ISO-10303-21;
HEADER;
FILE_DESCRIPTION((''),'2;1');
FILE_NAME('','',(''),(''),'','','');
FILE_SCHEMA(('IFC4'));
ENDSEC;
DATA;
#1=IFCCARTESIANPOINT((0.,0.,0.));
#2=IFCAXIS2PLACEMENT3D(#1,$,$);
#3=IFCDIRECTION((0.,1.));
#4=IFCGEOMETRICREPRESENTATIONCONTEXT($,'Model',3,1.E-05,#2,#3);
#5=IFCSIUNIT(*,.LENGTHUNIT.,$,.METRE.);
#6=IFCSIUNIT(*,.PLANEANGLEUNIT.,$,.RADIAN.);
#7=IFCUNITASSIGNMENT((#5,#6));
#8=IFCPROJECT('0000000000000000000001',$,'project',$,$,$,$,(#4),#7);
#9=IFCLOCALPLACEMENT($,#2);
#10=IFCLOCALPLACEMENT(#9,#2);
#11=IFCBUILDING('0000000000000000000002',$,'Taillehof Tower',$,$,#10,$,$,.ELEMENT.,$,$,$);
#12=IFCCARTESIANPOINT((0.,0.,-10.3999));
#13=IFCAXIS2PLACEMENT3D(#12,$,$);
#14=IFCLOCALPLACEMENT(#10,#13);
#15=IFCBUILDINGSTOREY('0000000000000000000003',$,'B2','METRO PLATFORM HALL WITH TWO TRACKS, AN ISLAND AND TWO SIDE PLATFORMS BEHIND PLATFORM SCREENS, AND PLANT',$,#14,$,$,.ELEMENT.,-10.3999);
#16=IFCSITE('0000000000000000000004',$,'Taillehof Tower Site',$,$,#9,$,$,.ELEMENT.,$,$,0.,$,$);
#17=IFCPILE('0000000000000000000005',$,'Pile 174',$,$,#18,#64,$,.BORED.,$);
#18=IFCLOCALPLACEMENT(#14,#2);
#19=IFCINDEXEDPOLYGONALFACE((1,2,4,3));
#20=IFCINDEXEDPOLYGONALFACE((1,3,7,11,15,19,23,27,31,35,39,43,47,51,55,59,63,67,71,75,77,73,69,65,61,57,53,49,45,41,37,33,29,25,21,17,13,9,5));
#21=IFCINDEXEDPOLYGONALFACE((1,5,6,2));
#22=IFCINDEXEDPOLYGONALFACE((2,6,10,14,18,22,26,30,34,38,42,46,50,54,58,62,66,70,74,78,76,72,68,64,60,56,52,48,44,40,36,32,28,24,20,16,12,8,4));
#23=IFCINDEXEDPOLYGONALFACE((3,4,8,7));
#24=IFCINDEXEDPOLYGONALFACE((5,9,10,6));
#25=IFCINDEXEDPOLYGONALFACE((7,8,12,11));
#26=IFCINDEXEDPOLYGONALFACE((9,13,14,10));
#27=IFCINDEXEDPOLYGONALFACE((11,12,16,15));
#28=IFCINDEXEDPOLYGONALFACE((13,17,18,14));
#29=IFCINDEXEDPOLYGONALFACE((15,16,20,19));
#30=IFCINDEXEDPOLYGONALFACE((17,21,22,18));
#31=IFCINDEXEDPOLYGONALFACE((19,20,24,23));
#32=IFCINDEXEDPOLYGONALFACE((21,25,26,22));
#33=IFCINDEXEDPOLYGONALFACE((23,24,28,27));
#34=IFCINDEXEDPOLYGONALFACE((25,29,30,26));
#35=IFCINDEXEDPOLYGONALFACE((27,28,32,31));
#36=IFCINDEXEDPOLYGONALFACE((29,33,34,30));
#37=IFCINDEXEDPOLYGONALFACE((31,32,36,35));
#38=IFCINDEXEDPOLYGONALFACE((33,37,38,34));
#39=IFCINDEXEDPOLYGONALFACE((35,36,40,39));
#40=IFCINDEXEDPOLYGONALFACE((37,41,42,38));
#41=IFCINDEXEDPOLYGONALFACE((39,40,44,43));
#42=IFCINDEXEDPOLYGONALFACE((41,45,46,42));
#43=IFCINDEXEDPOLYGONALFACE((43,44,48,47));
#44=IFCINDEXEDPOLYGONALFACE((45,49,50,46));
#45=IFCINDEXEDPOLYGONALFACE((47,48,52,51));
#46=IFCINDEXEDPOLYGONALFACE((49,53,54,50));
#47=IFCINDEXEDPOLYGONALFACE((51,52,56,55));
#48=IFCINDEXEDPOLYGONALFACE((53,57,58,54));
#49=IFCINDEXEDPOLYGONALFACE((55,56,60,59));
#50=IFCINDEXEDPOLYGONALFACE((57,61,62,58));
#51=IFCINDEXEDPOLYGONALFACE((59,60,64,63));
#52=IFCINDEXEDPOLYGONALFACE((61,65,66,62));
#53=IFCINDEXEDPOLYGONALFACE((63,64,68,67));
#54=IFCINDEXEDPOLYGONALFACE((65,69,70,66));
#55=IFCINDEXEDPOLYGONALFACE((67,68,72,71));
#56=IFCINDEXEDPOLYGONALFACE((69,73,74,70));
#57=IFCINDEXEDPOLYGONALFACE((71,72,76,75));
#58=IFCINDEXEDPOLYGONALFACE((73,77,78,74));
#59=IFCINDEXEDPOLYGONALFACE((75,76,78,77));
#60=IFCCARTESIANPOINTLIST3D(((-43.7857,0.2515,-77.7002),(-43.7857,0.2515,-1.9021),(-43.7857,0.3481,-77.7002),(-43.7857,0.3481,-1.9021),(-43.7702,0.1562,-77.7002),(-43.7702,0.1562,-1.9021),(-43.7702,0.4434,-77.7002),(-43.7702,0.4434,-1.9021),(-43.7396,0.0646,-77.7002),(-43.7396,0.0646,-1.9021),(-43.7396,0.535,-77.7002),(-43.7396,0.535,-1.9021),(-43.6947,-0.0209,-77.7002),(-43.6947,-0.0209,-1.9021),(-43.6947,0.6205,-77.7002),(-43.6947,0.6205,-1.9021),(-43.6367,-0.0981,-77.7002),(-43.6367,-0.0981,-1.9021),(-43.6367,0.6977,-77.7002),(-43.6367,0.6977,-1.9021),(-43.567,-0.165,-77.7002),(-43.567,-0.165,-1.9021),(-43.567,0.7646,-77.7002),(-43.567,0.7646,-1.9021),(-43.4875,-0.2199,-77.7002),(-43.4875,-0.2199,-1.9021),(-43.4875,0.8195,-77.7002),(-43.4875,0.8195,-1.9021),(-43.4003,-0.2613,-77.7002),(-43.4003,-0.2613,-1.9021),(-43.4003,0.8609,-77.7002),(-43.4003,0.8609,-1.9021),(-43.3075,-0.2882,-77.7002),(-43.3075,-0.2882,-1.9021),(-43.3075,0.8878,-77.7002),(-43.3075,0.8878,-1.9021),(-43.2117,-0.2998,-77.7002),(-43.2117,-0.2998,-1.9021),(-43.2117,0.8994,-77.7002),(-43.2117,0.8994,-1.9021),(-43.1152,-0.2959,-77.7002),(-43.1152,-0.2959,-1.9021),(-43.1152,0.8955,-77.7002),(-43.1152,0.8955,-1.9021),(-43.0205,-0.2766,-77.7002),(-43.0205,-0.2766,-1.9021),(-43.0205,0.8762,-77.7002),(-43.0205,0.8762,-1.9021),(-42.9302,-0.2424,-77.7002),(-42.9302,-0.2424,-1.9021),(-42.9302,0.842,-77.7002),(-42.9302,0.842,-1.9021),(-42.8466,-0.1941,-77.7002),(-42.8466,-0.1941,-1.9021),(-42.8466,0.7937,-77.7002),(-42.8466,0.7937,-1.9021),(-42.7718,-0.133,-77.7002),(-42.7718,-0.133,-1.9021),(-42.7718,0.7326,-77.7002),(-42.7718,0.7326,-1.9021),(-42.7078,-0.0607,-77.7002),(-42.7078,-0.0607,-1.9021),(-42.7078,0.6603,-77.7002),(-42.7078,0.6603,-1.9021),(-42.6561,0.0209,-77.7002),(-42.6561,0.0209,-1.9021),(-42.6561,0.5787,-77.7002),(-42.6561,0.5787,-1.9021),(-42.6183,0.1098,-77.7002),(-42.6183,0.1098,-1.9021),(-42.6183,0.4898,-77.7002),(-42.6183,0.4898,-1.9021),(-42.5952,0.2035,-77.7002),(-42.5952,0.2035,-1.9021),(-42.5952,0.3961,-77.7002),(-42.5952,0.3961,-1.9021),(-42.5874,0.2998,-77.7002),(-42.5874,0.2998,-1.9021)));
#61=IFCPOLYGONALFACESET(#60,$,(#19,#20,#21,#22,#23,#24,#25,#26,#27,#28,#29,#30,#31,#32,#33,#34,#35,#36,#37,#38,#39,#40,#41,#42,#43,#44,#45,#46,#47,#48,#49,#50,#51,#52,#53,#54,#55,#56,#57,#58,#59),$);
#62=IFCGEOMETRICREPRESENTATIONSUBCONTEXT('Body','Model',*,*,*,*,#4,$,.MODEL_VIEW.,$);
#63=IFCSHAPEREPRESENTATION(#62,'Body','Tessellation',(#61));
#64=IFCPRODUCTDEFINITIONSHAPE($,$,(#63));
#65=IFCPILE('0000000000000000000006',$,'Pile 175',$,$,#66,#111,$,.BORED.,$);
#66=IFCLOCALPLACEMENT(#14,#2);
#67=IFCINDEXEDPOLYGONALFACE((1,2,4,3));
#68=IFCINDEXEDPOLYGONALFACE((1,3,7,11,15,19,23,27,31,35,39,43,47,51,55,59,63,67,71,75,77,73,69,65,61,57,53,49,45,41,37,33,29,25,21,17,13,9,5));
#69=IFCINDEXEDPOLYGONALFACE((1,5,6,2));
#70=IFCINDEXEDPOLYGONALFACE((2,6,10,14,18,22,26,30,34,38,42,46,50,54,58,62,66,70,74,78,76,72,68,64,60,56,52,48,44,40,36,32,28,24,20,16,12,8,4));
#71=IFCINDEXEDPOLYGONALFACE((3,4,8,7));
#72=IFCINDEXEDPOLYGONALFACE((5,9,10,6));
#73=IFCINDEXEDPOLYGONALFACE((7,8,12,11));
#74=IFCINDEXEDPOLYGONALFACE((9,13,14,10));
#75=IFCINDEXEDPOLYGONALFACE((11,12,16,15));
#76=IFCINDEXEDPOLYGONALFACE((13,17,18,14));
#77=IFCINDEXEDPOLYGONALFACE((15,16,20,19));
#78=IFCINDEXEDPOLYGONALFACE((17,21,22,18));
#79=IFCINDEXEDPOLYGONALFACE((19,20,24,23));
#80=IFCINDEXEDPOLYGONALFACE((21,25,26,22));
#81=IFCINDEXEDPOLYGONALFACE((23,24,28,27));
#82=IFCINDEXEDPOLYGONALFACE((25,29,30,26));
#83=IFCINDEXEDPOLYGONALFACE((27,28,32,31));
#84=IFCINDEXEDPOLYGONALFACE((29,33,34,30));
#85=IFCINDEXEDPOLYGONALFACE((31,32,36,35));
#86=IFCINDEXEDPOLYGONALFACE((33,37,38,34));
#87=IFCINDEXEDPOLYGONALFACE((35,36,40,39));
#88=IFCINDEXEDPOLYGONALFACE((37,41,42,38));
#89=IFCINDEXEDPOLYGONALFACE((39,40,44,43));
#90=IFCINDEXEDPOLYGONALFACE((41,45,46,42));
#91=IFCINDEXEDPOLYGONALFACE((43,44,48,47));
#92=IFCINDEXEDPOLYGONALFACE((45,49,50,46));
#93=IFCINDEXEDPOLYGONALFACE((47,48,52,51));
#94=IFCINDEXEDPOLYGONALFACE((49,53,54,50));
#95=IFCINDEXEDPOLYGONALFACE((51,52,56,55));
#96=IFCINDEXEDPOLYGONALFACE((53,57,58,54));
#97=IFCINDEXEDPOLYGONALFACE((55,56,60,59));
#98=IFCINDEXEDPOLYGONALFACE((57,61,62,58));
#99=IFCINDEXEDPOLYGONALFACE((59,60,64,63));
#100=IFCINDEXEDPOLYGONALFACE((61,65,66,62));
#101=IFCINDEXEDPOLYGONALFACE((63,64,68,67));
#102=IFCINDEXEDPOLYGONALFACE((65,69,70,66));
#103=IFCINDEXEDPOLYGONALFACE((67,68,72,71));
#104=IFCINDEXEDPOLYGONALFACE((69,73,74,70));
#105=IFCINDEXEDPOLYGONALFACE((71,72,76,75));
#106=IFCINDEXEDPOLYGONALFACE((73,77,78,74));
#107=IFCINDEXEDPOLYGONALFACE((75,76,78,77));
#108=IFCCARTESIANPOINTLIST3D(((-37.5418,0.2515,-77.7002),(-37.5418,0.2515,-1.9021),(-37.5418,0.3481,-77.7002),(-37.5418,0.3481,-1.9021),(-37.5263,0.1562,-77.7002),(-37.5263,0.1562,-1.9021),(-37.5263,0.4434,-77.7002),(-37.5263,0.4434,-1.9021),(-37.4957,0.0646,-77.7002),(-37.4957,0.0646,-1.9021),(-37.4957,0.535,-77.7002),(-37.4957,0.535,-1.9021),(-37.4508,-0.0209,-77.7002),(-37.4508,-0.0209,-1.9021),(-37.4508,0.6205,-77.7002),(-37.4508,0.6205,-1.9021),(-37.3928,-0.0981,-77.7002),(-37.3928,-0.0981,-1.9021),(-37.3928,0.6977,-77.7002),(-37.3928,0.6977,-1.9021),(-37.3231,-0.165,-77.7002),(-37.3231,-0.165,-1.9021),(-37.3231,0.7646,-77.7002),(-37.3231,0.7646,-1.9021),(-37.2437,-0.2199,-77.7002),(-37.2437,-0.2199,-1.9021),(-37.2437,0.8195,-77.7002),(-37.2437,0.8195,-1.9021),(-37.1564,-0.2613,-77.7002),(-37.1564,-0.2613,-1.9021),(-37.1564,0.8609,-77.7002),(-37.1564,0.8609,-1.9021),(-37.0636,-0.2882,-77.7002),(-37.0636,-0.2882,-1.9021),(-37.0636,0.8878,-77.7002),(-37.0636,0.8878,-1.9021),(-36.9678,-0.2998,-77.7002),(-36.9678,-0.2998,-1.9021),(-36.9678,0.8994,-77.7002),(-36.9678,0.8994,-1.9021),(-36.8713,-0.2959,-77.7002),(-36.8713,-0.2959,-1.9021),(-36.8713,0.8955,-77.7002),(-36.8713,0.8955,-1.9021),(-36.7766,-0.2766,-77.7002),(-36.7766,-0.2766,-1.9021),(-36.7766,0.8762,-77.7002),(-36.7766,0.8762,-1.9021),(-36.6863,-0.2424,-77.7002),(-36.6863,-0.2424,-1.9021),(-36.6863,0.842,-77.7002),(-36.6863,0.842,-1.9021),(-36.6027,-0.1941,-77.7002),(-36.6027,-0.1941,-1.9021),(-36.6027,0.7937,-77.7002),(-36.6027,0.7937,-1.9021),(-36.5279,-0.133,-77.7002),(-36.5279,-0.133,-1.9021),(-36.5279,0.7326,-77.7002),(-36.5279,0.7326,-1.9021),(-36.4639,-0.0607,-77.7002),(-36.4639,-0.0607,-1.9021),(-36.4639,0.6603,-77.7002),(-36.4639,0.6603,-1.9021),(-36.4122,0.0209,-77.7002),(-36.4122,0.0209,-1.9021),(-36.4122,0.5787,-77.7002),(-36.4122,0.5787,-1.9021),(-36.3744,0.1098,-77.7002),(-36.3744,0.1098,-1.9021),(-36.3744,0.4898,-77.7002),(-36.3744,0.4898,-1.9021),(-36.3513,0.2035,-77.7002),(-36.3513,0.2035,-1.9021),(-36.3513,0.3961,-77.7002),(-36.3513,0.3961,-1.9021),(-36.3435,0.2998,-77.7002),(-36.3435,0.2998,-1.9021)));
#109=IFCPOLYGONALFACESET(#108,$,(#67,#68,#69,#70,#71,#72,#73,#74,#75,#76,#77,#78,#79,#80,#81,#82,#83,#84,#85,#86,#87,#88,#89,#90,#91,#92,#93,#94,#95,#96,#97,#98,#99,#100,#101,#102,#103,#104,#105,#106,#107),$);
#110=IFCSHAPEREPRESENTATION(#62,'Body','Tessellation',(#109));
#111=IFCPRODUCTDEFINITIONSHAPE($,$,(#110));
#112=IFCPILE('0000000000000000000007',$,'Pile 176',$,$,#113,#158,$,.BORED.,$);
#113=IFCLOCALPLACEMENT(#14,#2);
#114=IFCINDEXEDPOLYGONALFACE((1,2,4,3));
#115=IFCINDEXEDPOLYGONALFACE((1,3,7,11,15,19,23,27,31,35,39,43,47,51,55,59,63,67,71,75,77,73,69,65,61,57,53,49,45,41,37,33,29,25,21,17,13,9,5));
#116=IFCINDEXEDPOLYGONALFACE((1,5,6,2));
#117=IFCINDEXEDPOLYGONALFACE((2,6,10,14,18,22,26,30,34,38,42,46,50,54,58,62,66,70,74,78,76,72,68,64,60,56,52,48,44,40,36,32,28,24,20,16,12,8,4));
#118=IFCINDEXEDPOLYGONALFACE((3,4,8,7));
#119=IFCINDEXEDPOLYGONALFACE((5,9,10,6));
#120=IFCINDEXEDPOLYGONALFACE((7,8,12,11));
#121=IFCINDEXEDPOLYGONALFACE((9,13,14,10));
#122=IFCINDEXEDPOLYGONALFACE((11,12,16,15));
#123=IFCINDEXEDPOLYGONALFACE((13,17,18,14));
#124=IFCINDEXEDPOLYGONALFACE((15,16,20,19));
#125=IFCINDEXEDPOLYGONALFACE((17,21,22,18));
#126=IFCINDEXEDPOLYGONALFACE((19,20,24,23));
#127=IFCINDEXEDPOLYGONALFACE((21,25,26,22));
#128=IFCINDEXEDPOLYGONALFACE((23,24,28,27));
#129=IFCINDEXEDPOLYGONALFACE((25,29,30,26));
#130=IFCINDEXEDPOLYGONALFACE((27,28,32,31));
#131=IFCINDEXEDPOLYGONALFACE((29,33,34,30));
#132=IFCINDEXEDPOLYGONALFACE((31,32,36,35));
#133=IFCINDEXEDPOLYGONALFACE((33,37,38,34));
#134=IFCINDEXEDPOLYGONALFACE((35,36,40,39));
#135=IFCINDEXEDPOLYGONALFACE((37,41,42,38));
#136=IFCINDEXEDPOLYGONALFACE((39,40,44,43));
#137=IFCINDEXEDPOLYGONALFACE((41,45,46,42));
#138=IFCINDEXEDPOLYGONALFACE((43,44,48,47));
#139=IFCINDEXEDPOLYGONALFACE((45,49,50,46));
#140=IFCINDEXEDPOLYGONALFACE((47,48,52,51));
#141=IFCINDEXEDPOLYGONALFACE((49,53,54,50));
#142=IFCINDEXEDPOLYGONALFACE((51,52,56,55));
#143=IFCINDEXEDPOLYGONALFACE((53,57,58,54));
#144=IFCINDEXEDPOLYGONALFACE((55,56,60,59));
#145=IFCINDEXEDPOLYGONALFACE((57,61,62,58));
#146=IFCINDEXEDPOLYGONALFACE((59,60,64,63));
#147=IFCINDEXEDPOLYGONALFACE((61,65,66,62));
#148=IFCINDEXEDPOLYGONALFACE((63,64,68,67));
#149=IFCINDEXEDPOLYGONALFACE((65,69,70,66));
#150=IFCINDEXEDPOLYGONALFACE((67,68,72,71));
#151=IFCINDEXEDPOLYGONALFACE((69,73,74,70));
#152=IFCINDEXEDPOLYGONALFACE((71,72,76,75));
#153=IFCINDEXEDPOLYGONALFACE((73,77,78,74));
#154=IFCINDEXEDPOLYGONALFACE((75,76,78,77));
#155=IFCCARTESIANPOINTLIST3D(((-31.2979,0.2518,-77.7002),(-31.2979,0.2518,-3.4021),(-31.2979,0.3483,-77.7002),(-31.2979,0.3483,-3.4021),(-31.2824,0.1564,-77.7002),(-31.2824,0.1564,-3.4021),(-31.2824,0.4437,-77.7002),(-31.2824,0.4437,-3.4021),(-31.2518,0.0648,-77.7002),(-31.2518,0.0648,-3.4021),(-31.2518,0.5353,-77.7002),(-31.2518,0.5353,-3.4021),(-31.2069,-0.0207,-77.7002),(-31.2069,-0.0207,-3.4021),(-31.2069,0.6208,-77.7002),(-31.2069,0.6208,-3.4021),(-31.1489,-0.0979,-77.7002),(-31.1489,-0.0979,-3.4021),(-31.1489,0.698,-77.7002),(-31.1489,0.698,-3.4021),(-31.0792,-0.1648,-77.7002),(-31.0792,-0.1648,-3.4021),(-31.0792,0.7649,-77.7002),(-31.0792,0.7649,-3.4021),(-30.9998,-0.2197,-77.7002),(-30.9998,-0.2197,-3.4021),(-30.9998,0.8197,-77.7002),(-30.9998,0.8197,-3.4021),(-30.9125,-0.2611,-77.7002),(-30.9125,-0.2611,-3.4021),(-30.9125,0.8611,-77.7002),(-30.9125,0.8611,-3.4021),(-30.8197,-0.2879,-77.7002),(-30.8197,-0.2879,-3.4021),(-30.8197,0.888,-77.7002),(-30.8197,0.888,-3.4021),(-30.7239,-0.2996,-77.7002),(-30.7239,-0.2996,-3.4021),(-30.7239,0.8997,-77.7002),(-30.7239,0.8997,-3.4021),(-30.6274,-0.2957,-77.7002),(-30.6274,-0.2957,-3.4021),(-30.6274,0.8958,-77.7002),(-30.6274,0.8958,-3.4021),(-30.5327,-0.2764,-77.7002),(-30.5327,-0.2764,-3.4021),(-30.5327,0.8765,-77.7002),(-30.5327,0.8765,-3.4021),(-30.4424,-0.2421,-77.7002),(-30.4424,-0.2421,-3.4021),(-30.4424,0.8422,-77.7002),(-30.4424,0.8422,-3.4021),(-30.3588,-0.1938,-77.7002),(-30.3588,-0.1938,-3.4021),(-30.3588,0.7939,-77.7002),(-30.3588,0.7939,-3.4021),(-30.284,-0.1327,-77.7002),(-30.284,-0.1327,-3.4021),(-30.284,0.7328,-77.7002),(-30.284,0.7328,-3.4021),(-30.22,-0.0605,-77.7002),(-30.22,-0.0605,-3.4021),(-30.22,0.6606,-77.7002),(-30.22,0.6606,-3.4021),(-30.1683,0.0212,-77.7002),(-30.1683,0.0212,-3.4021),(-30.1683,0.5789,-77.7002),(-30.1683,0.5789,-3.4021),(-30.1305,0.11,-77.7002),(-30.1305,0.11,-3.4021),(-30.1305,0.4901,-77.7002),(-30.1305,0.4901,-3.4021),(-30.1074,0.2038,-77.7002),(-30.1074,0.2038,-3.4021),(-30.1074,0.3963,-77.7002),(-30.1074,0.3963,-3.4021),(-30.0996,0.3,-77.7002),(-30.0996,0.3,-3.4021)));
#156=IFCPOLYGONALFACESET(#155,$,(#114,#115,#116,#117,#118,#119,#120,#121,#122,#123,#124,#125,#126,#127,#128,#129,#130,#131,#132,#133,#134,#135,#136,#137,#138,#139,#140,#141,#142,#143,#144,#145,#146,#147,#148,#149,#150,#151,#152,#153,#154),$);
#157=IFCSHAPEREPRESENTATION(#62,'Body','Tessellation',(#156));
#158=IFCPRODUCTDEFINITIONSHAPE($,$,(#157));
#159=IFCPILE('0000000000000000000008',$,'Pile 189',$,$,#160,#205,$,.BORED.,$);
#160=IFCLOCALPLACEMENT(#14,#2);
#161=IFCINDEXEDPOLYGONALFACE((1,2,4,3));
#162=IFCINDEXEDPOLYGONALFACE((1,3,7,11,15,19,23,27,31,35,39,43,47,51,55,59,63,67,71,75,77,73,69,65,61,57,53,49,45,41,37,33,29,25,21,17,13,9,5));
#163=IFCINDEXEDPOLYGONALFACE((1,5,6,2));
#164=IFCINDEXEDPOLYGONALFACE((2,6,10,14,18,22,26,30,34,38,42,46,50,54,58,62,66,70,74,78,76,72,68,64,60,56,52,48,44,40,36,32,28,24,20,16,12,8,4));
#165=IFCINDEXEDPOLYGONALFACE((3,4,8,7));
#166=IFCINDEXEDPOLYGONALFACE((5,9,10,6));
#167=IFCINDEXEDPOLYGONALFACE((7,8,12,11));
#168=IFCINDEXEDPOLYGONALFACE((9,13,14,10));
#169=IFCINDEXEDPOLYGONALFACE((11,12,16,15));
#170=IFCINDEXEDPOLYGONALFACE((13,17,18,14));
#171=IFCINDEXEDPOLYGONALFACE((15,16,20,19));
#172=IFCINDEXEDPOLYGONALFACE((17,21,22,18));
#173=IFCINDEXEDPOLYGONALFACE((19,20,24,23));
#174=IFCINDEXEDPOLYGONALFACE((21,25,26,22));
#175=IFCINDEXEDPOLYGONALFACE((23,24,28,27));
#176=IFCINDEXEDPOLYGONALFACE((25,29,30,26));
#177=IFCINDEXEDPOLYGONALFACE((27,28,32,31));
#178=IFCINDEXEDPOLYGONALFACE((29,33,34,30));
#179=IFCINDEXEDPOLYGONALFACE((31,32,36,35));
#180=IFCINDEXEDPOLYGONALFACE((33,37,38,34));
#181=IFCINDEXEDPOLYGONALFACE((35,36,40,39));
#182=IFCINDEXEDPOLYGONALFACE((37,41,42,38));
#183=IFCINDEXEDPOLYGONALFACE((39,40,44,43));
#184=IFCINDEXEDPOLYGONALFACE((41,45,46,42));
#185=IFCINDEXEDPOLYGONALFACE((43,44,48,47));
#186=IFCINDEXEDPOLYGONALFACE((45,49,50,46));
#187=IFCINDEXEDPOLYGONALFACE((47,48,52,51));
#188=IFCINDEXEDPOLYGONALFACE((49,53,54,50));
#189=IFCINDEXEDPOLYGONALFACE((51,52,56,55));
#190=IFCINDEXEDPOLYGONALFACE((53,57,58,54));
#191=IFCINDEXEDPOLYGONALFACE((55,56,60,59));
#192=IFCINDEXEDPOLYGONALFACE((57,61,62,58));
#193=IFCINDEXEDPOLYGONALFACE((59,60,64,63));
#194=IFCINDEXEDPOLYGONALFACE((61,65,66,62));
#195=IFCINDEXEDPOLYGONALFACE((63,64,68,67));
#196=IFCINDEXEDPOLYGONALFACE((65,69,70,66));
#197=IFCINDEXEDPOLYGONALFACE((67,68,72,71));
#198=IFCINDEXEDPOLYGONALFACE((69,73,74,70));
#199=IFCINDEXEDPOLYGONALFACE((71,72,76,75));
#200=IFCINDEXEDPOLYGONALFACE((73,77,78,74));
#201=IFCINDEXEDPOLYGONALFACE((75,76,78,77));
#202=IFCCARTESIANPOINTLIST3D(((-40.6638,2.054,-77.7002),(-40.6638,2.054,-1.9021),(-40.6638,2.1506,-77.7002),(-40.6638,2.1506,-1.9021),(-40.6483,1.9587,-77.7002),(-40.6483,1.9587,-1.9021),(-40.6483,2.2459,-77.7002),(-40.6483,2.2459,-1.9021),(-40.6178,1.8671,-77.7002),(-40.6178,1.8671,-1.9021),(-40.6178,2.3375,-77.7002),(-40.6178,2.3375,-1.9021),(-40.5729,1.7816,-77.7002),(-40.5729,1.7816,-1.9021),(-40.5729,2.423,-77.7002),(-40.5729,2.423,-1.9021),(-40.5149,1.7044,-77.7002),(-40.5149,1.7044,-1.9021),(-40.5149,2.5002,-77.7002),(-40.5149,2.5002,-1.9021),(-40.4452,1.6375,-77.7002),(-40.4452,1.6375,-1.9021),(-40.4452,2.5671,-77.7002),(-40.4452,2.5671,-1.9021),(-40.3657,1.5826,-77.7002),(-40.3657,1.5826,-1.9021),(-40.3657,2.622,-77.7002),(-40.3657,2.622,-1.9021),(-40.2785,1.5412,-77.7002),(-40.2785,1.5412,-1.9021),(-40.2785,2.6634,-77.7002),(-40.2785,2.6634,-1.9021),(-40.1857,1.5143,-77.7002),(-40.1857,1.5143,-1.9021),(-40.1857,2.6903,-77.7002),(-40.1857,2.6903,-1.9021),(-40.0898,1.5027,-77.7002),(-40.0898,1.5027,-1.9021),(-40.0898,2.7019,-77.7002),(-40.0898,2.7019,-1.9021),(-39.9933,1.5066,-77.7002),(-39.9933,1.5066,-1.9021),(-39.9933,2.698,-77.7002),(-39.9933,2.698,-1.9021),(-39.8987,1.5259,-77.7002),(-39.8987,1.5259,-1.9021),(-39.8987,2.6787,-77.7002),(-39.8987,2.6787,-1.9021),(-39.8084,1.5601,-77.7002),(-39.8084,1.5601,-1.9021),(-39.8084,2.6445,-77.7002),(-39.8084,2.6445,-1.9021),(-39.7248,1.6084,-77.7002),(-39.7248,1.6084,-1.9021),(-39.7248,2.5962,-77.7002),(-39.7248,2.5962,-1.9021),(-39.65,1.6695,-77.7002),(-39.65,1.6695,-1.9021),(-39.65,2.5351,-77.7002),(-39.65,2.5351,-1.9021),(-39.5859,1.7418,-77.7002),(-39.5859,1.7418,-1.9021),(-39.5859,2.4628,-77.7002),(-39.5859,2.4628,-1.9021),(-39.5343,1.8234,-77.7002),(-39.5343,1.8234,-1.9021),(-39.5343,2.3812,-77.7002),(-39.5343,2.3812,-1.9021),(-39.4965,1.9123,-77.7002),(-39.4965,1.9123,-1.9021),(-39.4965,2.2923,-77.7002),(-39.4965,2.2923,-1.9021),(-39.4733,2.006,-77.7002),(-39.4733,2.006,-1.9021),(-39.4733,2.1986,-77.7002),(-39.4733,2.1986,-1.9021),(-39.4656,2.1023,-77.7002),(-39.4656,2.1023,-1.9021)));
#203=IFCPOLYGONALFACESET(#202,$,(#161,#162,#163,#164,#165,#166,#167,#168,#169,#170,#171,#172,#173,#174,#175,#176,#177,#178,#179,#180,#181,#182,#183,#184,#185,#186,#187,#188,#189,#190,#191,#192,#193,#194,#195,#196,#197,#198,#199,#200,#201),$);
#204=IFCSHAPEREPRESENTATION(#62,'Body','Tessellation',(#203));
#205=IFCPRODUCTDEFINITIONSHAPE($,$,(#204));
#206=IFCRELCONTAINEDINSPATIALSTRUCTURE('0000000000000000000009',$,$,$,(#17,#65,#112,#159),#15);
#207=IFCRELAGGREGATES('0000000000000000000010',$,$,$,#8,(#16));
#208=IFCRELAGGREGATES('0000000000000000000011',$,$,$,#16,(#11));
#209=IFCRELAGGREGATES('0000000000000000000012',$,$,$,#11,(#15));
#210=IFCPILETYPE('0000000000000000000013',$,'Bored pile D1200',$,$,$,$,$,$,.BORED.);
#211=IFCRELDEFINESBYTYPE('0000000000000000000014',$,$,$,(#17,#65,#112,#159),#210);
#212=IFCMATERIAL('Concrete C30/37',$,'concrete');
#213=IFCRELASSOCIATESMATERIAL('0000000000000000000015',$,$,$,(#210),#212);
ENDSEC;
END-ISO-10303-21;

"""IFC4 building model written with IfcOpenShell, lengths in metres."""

from ifc_helpers import new_model, si_unit, direction, frame, origin, origin_2d, place, context, subcontext, project, spatial, circle, extrude, material, material_profile, profile_set, type_object, element, save


model = new_model("IFC4")

# Units and contexts
model_context = context("Model", 3, precision=1e-05, world=origin(), true_north=direction((0.0, 1.0)))
body_context = subcontext(model_context, "Body", "Model", "MODEL_VIEW")
ifc_project = project(units=[si_unit("LENGTHUNIT", "METRE"), si_unit("PLANEANGLEUNIT", "RADIAN")], contexts=[model_context])

# Site, building, storey
site_placement = place(None, origin())
site = spatial("IfcSite", under=ifc_project, at=site_placement, Name="Taillehof Tower Site", CompositionType="ELEMENT", RefElevation=0.0)
building_placement = place(site_placement, origin())
building = spatial("IfcBuilding", under=site, at=building_placement, Name="Taillehof Tower", CompositionType="ELEMENT")
storey_placement = place(building_placement, frame((0.0, 0.0, -10.3999)))
storey = spatial("IfcBuildingStorey", under=building, at=storey_placement, Name="B2", Description="METRO PLATFORM HALL WITH TWO TRACKS, AN ISLAND AND TWO SIDE PLATFORMS BEHIND PLATFORM SCREENS, AND PLANT", CompositionType="ELEMENT", Elevation=-10.3999)

# Piles
ifc_material_1 = material(Name="Concrete C30/37", Category="concrete")
ifc_material_profile_1 = material_profile(ifc_material_1, circle(Radius=0.6001, at=origin_2d()), Name="BP D1200")
ifc_profile_set_1 = profile_set([ifc_material_profile_1], Name="Concrete C30/37")
pile_type = type_object("IfcPileType", Name="Bored pile D1200", PredefinedType="BORED", material=ifc_profile_set_1)
for number, where, z_axis, x_axis, name in (
    (1, (-43.1875, 0.2998, -1.9021), (0.0, 0.0, -1.0), (1.0, 0.0, 0.0), "Pile 174"),
    (2, (-36.9436, 0.2998, -1.9021), (0.0, 0.0, -1.0), (1.0, 0.0, 0.0), "Pile 175"),
):
    element("IfcPile", number, at=place(storey_placement, frame(where, z_axis=z_axis, x_axis=x_axis)), inside=storey, type_object=pile_type, Name=name, PredefinedType="BORED", context=body_context, shape_type="SweptSolid", body=[
        extrude(circle(Radius=0.6001, at=origin_2d()), origin(), (0.0, 0.0, 1.0), 75.7981),
    ])
pile_1_placement = place(storey_placement, frame((-30.6997, 0.3, -3.4021), z_axis=(0.0, 0.0, -1.0), x_axis=(1.0, 0.0, 0.0)))
element("IfcPile", 3, at=pile_1_placement, inside=storey, type_object=pile_type, Name="Pile 176", PredefinedType="BORED", context=body_context, shape_type="SweptSolid", body=[
    extrude(circle(Radius=0.6001, at=origin_2d()), origin(), (0.0, 0.0, 1.0), 74.2981),
])
for number, where, z_axis, x_axis, name in (
    (4, (-40.0657, 2.1023, -1.9021), (0.0, 0.0, -1.0), (1.0, 0.0, 0.0), "Pile 189"),
):
    element("IfcPile", number, at=place(storey_placement, frame(where, z_axis=z_axis, x_axis=x_axis)), inside=storey, type_object=pile_type, Name=name, PredefinedType="BORED", context=body_context, shape_type="SweptSolid", body=[
        extrude(circle(Radius=0.6001, at=origin_2d()), origin(), (0.0, 0.0, 1.0), 75.7981),
    ])

save(model, "model.ifc")
